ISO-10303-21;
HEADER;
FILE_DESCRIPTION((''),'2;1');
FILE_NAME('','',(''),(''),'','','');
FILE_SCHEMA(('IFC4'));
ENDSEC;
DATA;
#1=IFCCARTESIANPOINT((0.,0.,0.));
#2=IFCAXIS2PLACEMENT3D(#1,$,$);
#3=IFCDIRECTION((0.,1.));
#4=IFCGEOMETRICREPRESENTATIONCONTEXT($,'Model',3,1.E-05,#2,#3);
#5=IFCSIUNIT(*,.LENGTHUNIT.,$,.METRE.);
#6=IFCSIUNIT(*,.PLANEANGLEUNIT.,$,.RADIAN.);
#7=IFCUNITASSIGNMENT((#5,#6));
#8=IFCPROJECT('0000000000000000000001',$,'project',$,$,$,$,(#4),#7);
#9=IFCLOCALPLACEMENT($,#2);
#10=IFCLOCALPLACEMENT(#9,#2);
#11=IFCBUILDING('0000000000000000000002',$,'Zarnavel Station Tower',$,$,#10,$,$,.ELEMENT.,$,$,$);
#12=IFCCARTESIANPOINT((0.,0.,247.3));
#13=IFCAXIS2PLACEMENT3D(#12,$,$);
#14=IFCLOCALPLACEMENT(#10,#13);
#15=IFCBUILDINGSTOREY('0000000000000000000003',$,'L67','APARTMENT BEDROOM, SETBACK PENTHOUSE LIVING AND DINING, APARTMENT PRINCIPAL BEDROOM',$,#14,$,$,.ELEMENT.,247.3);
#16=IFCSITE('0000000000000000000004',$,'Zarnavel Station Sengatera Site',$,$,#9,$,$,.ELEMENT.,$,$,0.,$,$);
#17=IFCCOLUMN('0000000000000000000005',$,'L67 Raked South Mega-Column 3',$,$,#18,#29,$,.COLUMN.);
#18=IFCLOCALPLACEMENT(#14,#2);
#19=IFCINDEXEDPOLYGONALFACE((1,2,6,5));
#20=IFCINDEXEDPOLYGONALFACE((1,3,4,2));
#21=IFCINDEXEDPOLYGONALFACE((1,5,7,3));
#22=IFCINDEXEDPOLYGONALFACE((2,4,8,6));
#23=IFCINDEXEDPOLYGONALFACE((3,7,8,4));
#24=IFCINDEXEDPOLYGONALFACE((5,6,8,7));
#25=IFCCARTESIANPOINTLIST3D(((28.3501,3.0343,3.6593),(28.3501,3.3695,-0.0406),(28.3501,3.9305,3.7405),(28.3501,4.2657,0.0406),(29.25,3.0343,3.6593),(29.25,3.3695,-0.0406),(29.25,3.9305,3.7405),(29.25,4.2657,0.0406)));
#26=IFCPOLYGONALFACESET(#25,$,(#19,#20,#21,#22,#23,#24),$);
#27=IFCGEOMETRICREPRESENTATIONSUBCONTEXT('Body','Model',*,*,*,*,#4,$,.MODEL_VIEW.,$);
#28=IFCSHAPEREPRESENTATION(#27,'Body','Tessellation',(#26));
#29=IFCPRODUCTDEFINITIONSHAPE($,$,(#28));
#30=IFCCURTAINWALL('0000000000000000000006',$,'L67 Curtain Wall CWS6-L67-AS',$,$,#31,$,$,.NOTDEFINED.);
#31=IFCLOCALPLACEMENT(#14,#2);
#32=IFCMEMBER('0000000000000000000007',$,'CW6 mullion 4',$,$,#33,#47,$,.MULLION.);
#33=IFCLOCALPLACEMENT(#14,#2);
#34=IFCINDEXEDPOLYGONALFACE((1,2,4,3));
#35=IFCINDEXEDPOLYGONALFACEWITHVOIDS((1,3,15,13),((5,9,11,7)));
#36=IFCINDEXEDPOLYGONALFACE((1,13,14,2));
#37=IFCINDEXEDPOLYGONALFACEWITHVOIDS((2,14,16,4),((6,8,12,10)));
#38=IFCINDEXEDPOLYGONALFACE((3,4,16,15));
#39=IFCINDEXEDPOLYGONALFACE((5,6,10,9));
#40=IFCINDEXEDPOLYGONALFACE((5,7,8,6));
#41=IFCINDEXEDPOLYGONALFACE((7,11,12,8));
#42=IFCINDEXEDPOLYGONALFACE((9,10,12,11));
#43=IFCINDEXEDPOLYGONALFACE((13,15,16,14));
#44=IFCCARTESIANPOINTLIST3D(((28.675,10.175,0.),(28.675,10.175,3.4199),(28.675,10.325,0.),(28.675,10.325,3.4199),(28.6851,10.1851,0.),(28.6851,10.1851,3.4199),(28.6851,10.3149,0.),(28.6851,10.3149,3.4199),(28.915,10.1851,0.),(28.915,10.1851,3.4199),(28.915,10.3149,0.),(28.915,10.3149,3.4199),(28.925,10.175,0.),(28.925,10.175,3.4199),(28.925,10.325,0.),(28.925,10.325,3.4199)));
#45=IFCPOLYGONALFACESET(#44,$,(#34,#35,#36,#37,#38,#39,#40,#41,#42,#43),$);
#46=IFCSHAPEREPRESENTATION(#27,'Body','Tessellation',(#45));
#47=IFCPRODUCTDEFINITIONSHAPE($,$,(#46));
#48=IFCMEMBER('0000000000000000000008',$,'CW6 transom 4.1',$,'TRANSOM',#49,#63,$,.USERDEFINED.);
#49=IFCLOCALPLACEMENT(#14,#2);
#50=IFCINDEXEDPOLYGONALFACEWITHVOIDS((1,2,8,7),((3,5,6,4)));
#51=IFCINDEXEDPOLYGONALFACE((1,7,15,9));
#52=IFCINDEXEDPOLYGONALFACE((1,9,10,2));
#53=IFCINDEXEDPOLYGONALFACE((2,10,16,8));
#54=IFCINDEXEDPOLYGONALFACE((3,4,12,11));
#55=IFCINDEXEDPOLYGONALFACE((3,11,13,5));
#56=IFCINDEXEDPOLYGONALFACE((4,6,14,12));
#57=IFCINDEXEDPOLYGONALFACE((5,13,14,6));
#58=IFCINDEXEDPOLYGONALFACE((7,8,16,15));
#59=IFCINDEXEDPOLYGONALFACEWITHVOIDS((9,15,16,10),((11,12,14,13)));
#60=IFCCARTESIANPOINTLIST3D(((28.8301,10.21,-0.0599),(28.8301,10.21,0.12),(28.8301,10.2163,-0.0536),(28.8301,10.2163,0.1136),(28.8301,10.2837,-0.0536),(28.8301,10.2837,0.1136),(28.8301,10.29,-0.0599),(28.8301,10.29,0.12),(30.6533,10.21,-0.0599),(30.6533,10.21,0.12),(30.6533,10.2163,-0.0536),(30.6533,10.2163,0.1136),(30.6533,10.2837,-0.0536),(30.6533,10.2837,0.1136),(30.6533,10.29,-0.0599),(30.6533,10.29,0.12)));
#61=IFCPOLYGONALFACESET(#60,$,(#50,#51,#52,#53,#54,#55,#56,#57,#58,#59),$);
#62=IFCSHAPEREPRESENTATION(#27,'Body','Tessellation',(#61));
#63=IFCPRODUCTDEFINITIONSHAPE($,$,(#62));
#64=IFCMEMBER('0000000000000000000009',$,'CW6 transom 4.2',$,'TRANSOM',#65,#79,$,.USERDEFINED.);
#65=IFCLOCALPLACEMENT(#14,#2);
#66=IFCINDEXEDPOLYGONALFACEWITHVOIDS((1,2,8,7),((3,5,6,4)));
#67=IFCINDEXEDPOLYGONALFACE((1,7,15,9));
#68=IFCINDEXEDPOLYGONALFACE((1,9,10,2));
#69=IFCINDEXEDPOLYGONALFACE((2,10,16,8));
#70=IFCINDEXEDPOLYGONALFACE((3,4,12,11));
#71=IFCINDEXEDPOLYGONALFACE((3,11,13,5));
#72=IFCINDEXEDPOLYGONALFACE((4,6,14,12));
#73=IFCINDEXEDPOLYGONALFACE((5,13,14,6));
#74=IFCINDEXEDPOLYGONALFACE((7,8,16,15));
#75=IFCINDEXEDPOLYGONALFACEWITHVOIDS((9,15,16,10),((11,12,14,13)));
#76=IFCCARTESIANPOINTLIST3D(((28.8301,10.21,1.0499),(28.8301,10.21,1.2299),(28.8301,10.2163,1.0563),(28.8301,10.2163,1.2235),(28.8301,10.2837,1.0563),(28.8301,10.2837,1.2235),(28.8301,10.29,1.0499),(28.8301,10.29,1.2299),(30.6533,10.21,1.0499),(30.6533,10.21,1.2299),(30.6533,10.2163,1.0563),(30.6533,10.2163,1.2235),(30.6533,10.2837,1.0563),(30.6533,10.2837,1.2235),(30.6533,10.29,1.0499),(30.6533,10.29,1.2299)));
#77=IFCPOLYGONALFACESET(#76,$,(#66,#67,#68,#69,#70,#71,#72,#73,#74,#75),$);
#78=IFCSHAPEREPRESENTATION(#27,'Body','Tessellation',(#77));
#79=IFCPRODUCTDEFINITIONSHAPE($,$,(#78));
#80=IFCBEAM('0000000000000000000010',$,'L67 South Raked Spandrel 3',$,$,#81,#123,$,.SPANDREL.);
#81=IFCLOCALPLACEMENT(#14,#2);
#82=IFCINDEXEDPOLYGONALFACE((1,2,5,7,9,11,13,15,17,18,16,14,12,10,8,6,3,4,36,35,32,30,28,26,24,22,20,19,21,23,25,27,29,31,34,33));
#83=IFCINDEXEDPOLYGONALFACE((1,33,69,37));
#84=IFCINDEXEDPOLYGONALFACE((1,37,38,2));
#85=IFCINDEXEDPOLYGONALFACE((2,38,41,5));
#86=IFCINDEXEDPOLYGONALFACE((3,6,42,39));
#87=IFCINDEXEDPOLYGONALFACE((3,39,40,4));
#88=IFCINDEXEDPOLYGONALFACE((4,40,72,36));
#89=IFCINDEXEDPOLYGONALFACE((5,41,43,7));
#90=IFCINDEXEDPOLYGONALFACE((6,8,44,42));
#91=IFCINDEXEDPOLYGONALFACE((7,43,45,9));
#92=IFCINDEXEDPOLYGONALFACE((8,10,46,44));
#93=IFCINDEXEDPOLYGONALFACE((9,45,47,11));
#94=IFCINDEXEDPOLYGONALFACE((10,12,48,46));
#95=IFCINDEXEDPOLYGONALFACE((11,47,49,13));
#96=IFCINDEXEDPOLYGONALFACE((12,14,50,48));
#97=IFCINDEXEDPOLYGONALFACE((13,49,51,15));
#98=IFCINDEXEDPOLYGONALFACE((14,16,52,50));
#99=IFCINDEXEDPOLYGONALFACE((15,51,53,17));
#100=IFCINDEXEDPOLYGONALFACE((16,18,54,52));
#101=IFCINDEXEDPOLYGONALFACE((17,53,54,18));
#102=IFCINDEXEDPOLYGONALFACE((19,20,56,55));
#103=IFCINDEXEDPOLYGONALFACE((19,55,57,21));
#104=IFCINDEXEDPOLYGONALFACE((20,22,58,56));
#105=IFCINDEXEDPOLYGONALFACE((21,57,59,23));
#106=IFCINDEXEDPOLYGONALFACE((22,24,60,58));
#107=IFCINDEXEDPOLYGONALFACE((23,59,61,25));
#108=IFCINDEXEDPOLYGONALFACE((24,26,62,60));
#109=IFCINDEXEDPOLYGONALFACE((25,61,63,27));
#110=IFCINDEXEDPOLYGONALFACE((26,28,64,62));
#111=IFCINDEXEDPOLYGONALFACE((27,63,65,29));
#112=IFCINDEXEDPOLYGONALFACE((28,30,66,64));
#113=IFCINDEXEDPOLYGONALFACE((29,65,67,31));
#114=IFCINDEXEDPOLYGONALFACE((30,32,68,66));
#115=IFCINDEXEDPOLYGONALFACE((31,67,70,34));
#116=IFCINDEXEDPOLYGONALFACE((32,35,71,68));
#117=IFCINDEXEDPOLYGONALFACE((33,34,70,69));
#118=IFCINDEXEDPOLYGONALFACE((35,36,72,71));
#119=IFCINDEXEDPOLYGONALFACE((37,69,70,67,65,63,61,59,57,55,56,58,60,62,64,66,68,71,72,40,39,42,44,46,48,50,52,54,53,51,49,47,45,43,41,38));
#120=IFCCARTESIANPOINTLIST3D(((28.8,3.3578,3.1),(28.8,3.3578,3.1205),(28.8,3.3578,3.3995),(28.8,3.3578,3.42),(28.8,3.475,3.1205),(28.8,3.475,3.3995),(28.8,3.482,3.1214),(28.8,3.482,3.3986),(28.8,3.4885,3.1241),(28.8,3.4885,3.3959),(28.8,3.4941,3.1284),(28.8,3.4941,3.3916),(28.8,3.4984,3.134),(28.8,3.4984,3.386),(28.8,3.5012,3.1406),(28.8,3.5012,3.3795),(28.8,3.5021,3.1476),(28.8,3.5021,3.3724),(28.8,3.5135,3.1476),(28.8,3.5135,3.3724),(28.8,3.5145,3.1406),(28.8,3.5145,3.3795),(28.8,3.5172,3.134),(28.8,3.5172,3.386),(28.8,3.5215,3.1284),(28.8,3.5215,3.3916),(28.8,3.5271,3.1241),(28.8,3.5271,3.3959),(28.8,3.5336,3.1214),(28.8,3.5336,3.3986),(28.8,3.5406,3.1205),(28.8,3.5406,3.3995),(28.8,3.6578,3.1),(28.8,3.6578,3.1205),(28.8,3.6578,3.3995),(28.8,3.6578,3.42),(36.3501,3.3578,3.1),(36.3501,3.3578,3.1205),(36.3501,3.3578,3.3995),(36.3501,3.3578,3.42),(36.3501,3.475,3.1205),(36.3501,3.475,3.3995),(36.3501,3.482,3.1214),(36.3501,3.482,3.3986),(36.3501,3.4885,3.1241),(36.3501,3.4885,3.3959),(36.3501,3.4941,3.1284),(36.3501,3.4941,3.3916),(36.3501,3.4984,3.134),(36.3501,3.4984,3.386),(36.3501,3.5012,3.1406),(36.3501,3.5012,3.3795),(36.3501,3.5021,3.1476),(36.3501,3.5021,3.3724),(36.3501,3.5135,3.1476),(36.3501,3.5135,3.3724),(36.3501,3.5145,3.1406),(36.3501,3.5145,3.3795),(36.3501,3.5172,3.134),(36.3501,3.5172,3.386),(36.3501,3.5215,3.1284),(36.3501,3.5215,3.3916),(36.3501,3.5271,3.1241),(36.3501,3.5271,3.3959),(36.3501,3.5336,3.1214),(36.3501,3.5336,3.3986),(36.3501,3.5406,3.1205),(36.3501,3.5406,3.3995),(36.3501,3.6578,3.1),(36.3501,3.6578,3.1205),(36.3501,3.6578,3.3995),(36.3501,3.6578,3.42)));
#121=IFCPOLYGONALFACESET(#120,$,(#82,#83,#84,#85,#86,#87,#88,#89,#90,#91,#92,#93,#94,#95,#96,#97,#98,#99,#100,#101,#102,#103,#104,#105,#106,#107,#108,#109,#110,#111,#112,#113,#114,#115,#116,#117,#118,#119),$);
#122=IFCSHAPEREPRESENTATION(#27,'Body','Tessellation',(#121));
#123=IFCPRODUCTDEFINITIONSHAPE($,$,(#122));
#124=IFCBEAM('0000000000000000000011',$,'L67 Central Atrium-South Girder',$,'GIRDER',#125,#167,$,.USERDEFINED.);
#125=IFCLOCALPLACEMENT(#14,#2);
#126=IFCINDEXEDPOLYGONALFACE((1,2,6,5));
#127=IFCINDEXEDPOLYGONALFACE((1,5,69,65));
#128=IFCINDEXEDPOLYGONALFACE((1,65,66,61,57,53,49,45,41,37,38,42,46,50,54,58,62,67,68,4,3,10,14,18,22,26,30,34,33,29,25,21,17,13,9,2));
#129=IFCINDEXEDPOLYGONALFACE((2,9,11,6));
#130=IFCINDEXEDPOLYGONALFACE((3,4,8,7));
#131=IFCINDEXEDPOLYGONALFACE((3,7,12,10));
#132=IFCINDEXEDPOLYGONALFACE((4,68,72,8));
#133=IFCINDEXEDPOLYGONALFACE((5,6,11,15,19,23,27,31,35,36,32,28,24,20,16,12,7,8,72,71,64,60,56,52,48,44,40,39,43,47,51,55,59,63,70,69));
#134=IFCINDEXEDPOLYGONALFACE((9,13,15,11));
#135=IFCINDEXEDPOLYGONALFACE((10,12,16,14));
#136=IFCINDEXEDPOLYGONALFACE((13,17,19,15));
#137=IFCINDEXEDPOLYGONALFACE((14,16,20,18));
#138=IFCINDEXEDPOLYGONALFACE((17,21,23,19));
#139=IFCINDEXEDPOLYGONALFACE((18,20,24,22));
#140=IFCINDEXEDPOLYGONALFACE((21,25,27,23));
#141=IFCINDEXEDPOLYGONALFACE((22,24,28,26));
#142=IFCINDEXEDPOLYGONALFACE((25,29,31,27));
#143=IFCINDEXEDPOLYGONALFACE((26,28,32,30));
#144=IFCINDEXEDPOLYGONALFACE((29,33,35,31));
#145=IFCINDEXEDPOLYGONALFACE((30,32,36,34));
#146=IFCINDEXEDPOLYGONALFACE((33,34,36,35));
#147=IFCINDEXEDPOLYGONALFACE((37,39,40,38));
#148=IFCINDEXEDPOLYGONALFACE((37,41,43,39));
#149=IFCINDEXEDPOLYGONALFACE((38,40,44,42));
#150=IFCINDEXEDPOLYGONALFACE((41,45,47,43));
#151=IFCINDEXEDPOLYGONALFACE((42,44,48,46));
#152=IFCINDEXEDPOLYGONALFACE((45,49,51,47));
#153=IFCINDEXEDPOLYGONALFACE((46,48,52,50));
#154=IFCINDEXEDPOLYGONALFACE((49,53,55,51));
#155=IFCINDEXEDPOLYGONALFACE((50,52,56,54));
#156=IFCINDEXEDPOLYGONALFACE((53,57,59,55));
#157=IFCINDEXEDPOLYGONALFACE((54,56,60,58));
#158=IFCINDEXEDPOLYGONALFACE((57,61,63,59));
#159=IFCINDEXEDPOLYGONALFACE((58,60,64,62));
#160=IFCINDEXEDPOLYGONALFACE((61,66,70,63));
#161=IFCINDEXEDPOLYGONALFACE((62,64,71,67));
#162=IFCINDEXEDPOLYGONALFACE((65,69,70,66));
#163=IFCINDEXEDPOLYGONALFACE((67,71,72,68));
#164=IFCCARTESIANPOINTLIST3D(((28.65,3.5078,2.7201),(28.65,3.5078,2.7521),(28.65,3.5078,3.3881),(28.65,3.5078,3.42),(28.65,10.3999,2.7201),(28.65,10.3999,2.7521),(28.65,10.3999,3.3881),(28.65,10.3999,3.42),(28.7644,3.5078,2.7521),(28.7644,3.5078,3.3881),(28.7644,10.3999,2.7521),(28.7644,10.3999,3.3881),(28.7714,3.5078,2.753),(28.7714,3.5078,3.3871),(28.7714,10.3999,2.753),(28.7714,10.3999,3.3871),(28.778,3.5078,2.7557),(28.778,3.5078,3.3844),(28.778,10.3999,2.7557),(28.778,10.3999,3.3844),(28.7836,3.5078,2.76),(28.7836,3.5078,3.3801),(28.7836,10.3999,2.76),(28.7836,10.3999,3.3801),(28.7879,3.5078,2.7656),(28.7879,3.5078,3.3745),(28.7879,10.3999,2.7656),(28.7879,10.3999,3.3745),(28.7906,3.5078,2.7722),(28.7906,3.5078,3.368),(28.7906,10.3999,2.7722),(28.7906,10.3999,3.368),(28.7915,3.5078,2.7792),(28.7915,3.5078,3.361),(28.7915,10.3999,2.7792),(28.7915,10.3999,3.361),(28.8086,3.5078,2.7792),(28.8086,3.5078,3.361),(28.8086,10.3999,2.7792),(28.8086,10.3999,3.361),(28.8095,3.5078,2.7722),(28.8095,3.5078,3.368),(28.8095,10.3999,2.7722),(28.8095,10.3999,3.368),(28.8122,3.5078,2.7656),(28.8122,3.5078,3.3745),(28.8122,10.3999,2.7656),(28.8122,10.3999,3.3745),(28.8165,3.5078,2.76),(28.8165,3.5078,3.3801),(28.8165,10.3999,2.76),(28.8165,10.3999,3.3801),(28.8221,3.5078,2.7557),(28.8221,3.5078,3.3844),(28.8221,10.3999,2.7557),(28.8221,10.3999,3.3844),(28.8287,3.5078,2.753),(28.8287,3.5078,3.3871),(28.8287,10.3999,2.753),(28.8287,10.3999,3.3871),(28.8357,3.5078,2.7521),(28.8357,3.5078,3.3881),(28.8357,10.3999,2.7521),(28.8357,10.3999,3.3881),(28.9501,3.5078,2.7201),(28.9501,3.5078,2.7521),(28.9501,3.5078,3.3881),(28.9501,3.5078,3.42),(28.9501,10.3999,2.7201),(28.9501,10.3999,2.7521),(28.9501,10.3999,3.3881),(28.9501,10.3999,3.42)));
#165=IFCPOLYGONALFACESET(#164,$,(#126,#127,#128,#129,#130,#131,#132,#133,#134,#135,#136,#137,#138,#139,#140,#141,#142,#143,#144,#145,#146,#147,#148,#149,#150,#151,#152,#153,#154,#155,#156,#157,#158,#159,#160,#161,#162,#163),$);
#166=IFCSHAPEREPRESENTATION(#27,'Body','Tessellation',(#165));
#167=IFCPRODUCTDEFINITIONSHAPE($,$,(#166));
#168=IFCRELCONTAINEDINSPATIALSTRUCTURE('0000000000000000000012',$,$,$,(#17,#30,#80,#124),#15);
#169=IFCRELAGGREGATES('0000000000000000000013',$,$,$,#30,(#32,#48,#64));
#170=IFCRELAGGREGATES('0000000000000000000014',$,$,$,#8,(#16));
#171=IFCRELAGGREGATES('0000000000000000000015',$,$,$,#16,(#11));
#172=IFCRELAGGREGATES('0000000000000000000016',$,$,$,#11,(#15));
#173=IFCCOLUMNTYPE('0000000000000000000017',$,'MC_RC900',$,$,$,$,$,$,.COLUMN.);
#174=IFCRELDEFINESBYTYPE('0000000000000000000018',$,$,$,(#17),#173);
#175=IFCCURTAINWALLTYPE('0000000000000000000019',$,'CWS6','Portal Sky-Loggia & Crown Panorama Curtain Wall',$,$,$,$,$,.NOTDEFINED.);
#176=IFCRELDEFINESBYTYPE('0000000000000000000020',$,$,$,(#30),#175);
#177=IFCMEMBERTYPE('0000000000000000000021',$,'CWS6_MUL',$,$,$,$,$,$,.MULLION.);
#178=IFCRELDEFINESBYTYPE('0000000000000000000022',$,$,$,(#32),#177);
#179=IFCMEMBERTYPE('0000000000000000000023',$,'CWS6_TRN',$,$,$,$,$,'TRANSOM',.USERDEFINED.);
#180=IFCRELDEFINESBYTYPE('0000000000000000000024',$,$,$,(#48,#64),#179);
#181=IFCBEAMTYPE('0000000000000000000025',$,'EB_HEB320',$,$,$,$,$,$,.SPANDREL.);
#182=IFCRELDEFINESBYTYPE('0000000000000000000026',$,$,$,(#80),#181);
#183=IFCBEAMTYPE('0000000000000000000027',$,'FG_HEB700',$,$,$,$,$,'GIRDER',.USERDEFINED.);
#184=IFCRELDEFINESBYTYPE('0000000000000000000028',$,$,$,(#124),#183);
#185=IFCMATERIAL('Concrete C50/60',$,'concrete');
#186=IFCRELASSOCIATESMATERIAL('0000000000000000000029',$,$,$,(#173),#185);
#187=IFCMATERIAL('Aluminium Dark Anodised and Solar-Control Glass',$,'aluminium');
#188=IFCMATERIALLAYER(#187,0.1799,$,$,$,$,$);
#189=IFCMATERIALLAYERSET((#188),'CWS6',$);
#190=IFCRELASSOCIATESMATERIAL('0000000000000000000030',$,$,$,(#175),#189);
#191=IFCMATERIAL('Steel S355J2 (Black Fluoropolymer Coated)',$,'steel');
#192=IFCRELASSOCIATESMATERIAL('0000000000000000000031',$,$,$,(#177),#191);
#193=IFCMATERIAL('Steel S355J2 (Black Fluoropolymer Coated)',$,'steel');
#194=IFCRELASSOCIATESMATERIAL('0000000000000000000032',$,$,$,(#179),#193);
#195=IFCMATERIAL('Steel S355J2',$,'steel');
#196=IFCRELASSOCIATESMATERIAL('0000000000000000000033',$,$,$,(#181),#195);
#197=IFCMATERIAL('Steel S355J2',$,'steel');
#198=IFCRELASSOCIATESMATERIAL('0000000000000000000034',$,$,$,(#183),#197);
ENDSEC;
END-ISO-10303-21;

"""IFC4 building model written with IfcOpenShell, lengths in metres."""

from ifc_helpers import new_model, si_unit, direction, frame, origin, origin_2d, place, context, subcontext, project, spatial, rectangle, hollow_rectangle, i_section, extrude, material, layer, layer_set, material_profile, profile_set, type_object, element, aggregate, save


model = new_model("IFC4")

# Units and contexts
model_context = context("Model", 3, precision=1e-05, world=origin(), true_north=direction((0.0, 1.0)))
body_context = subcontext(model_context, "Body", "Model", "MODEL_VIEW")
ifc_project = project(units=[si_unit("LENGTHUNIT", "METRE"), si_unit("PLANEANGLEUNIT", "RADIAN")], contexts=[model_context])

# Site, building, storey
site_placement = place(None, origin())
site = spatial("IfcSite", under=ifc_project, at=site_placement, Name="Zarnavel Station Sengatera Site", CompositionType="ELEMENT", RefElevation=0.0)
building_placement = place(site_placement, origin())
building = spatial("IfcBuilding", under=site, at=building_placement, Name="Zarnavel Station Tower", CompositionType="ELEMENT")
storey_placement = place(building_placement, frame((0.0, 0.0, 247.3)))
storey = spatial("IfcBuildingStorey", under=building, at=storey_placement, Name="L67", Description="APARTMENT BEDROOM, SETBACK PENTHOUSE LIVING AND DINING, APARTMENT PRINCIPAL BEDROOM", CompositionType="ELEMENT", Elevation=247.3)

# Column
ifc_material_1 = material(Name="Concrete C50/60", Category="concrete")
ifc_material_profile_1 = material_profile(ifc_material_1, rectangle(XDim=0.8999, YDim=0.8999, at=origin_2d()), Name="RC900x900")
ifc_profile_set_1 = profile_set([ifc_material_profile_1], Name="Concrete C50/60")
column_type = type_object("IfcColumnType", Name="MC_RC900", PredefinedType="COLUMN", material=ifc_profile_set_1)
column_placement = place(storey_placement, frame((28.8, 3.8176, 0.0), z_axis=(0.0, -0.090228, 0.995921), x_axis=(1.0, 0.0, 0.0)))
element("IfcColumn", 1, at=column_placement, inside=storey, type_object=column_type, Name="L67 Raked South Mega-Column 3", PredefinedType="COLUMN", context=body_context, shape_type="SweptSolid", body=[
    extrude(rectangle(XDim=0.8999, YDim=0.8999, at=origin_2d()), origin(), (0.0, 0.0, 1.0), 3.7151),
])

# Curtain wall, members
ifc_material_2 = material(Name="Aluminium Dark Anodised and Solar-Control Glass", Category="aluminium")
ifc_layer_1 = layer(ifc_material_2, 0.1799)
ifc_layer_set_1 = layer_set([ifc_layer_1], Name="CWS6")
curtain_wall_type = type_object("IfcCurtainWallType", Name="CWS6", Description="Portal Sky-Loggia & Crown Panorama Curtain Wall", PredefinedType="NOTDEFINED", material=ifc_layer_set_1)
curtain_wall_placement = place(storey_placement, origin())
curtain_wall = element("IfcCurtainWall", 2, at=curtain_wall_placement, inside=storey, type_object=curtain_wall_type, Name="L67 Curtain Wall CWS6-L67-AS", PredefinedType="NOTDEFINED")
ifc_material_3 = material(Name="Steel S355J2 (Black Fluoropolymer Coated)", Category="steel")
ifc_material_profile_2 = material_profile(ifc_material_3, hollow_rectangle(XDim=0.1499, YDim=0.25, WallThickness=0.01, at=origin_2d()), Name="RHS250x150x10")
ifc_profile_set_2 = profile_set([ifc_material_profile_2], Name="Steel S355J2 (Black Fluoropolymer Coated)")
member_type_1 = type_object("IfcMemberType", Name="CWS6_MUL", PredefinedType="MULLION", material=ifc_profile_set_2)
member_1_placement = place(storey_placement, frame((28.8, 10.25, 0.0), z_axis=(0.0, 0.0, 1.0), x_axis=(0.0, 1.0, 0.0)))
member_1 = element("IfcMember", 3, at=member_1_placement, type_object=member_type_1, Name="CW6 mullion 4", PredefinedType="MULLION", context=body_context, shape_type="SweptSolid", body=[
    extrude(hollow_rectangle(XDim=0.1499, YDim=0.25, WallThickness=0.01, at=origin_2d()), origin(), (0.0, 0.0, 1.0), 3.4199),
])
ifc_material_4 = material(Name="Steel S355J2 (Black Fluoropolymer Coated)", Category="steel")
ifc_material_profile_3 = material_profile(ifc_material_4, hollow_rectangle(XDim=0.0801, YDim=0.1799, WallThickness=0.0063, at=origin_2d()), Name="RHS180x80x6.3")
ifc_profile_set_3 = profile_set([ifc_material_profile_3], Name="Steel S355J2 (Black Fluoropolymer Coated)")
member_type_2 = type_object("IfcMemberType", Name="CWS6_TRN", ElementType="TRANSOM", PredefinedType="USERDEFINED", material=ifc_profile_set_3)
member_2_placement = place(storey_placement, frame((28.8301, 10.25, 0.03), z_axis=(1.0, 0.0, 0.0), x_axis=(0.0, 1.0, 0.0)))
member_2 = element("IfcMember", 4, at=member_2_placement, type_object=member_type_2, Name="CW6 transom 4.1", ObjectType="TRANSOM", PredefinedType="USERDEFINED", context=body_context, shape_type="SweptSolid", body=[
    extrude(hollow_rectangle(XDim=0.0801, YDim=0.1799, WallThickness=0.0063, at=origin_2d()), origin(), (0.0, 0.0, 1.0), 1.8232),
])
member_3_placement = place(storey_placement, frame((28.8301, 10.25, 1.1399), z_axis=(1.0, 0.0, 0.0), x_axis=(0.0, 1.0, 0.0)))
member_3 = element("IfcMember", 5, at=member_3_placement, type_object=member_type_2, Name="CW6 transom 4.2", ObjectType="TRANSOM", PredefinedType="USERDEFINED", context=body_context, shape_type="SweptSolid", body=[
    extrude(hollow_rectangle(XDim=0.0801, YDim=0.1799, WallThickness=0.0063, at=origin_2d()), origin(), (0.0, 0.0, 1.0), 1.8232),
])

# Beams
ifc_material_5 = material(Name="Steel S355J2", Category="steel")
ifc_material_profile_4 = material_profile(ifc_material_5, i_section(OverallWidth=0.3, OverallDepth=0.3201, WebThickness=0.0115, FlangeThickness=0.0205, FilletRadius=0.0271, at=origin_2d()), Name="HEB320")
ifc_profile_set_4 = profile_set([ifc_material_profile_4], Name="Steel S355J2")
beam_type_1 = type_object("IfcBeamType", Name="EB_HEB320", PredefinedType="SPANDREL", material=ifc_profile_set_4)
beam_1_placement = place(storey_placement, frame((28.8, 3.5078, 3.26), z_axis=(1.0, 0.0, 0.0), x_axis=(0.0, 1.0, 0.0)))
element("IfcBeam", 6, at=beam_1_placement, inside=storey, type_object=beam_type_1, Name="L67 South Raked Spandrel 3", PredefinedType="SPANDREL", context=body_context, shape_type="SweptSolid", body=[
    extrude(i_section(OverallWidth=0.3, OverallDepth=0.3201, WebThickness=0.0115, FlangeThickness=0.0205, FilletRadius=0.0271, at=origin_2d()), origin(), (0.0, 0.0, 1.0), 7.55),
])
ifc_material_6 = material(Name="Steel S355J2", Category="steel")
ifc_material_profile_5 = material_profile(ifc_material_6, i_section(OverallWidth=0.3, OverallDepth=0.7, WebThickness=0.0171, FlangeThickness=0.032, FilletRadius=0.0271, at=origin_2d()), Name="HEB700")
ifc_profile_set_5 = profile_set([ifc_material_profile_5], Name="Steel S355J2")
beam_type_2 = type_object("IfcBeamType", Name="FG_HEB700", ElementType="GIRDER", PredefinedType="USERDEFINED", material=ifc_profile_set_5)
beam_2_placement = place(storey_placement, frame((28.8, 3.5078, 3.0701), z_axis=(0.0, 1.0, 0.0), x_axis=(-1.0, 0.0, 0.0)))
element("IfcBeam", 7, at=beam_2_placement, inside=storey, type_object=beam_type_2, Name="L67 Central Atrium-South Girder", ObjectType="GIRDER", PredefinedType="USERDEFINED", context=body_context, shape_type="SweptSolid", body=[
    extrude(i_section(OverallWidth=0.3, OverallDepth=0.7, WebThickness=0.0171, FlangeThickness=0.032, FilletRadius=0.0271, at=origin_2d()), origin(), (0.0, 0.0, 1.0), 6.8921),
])

aggregate(curtain_wall, [member_1, member_2, member_3])

save(model, "model.ifc")
